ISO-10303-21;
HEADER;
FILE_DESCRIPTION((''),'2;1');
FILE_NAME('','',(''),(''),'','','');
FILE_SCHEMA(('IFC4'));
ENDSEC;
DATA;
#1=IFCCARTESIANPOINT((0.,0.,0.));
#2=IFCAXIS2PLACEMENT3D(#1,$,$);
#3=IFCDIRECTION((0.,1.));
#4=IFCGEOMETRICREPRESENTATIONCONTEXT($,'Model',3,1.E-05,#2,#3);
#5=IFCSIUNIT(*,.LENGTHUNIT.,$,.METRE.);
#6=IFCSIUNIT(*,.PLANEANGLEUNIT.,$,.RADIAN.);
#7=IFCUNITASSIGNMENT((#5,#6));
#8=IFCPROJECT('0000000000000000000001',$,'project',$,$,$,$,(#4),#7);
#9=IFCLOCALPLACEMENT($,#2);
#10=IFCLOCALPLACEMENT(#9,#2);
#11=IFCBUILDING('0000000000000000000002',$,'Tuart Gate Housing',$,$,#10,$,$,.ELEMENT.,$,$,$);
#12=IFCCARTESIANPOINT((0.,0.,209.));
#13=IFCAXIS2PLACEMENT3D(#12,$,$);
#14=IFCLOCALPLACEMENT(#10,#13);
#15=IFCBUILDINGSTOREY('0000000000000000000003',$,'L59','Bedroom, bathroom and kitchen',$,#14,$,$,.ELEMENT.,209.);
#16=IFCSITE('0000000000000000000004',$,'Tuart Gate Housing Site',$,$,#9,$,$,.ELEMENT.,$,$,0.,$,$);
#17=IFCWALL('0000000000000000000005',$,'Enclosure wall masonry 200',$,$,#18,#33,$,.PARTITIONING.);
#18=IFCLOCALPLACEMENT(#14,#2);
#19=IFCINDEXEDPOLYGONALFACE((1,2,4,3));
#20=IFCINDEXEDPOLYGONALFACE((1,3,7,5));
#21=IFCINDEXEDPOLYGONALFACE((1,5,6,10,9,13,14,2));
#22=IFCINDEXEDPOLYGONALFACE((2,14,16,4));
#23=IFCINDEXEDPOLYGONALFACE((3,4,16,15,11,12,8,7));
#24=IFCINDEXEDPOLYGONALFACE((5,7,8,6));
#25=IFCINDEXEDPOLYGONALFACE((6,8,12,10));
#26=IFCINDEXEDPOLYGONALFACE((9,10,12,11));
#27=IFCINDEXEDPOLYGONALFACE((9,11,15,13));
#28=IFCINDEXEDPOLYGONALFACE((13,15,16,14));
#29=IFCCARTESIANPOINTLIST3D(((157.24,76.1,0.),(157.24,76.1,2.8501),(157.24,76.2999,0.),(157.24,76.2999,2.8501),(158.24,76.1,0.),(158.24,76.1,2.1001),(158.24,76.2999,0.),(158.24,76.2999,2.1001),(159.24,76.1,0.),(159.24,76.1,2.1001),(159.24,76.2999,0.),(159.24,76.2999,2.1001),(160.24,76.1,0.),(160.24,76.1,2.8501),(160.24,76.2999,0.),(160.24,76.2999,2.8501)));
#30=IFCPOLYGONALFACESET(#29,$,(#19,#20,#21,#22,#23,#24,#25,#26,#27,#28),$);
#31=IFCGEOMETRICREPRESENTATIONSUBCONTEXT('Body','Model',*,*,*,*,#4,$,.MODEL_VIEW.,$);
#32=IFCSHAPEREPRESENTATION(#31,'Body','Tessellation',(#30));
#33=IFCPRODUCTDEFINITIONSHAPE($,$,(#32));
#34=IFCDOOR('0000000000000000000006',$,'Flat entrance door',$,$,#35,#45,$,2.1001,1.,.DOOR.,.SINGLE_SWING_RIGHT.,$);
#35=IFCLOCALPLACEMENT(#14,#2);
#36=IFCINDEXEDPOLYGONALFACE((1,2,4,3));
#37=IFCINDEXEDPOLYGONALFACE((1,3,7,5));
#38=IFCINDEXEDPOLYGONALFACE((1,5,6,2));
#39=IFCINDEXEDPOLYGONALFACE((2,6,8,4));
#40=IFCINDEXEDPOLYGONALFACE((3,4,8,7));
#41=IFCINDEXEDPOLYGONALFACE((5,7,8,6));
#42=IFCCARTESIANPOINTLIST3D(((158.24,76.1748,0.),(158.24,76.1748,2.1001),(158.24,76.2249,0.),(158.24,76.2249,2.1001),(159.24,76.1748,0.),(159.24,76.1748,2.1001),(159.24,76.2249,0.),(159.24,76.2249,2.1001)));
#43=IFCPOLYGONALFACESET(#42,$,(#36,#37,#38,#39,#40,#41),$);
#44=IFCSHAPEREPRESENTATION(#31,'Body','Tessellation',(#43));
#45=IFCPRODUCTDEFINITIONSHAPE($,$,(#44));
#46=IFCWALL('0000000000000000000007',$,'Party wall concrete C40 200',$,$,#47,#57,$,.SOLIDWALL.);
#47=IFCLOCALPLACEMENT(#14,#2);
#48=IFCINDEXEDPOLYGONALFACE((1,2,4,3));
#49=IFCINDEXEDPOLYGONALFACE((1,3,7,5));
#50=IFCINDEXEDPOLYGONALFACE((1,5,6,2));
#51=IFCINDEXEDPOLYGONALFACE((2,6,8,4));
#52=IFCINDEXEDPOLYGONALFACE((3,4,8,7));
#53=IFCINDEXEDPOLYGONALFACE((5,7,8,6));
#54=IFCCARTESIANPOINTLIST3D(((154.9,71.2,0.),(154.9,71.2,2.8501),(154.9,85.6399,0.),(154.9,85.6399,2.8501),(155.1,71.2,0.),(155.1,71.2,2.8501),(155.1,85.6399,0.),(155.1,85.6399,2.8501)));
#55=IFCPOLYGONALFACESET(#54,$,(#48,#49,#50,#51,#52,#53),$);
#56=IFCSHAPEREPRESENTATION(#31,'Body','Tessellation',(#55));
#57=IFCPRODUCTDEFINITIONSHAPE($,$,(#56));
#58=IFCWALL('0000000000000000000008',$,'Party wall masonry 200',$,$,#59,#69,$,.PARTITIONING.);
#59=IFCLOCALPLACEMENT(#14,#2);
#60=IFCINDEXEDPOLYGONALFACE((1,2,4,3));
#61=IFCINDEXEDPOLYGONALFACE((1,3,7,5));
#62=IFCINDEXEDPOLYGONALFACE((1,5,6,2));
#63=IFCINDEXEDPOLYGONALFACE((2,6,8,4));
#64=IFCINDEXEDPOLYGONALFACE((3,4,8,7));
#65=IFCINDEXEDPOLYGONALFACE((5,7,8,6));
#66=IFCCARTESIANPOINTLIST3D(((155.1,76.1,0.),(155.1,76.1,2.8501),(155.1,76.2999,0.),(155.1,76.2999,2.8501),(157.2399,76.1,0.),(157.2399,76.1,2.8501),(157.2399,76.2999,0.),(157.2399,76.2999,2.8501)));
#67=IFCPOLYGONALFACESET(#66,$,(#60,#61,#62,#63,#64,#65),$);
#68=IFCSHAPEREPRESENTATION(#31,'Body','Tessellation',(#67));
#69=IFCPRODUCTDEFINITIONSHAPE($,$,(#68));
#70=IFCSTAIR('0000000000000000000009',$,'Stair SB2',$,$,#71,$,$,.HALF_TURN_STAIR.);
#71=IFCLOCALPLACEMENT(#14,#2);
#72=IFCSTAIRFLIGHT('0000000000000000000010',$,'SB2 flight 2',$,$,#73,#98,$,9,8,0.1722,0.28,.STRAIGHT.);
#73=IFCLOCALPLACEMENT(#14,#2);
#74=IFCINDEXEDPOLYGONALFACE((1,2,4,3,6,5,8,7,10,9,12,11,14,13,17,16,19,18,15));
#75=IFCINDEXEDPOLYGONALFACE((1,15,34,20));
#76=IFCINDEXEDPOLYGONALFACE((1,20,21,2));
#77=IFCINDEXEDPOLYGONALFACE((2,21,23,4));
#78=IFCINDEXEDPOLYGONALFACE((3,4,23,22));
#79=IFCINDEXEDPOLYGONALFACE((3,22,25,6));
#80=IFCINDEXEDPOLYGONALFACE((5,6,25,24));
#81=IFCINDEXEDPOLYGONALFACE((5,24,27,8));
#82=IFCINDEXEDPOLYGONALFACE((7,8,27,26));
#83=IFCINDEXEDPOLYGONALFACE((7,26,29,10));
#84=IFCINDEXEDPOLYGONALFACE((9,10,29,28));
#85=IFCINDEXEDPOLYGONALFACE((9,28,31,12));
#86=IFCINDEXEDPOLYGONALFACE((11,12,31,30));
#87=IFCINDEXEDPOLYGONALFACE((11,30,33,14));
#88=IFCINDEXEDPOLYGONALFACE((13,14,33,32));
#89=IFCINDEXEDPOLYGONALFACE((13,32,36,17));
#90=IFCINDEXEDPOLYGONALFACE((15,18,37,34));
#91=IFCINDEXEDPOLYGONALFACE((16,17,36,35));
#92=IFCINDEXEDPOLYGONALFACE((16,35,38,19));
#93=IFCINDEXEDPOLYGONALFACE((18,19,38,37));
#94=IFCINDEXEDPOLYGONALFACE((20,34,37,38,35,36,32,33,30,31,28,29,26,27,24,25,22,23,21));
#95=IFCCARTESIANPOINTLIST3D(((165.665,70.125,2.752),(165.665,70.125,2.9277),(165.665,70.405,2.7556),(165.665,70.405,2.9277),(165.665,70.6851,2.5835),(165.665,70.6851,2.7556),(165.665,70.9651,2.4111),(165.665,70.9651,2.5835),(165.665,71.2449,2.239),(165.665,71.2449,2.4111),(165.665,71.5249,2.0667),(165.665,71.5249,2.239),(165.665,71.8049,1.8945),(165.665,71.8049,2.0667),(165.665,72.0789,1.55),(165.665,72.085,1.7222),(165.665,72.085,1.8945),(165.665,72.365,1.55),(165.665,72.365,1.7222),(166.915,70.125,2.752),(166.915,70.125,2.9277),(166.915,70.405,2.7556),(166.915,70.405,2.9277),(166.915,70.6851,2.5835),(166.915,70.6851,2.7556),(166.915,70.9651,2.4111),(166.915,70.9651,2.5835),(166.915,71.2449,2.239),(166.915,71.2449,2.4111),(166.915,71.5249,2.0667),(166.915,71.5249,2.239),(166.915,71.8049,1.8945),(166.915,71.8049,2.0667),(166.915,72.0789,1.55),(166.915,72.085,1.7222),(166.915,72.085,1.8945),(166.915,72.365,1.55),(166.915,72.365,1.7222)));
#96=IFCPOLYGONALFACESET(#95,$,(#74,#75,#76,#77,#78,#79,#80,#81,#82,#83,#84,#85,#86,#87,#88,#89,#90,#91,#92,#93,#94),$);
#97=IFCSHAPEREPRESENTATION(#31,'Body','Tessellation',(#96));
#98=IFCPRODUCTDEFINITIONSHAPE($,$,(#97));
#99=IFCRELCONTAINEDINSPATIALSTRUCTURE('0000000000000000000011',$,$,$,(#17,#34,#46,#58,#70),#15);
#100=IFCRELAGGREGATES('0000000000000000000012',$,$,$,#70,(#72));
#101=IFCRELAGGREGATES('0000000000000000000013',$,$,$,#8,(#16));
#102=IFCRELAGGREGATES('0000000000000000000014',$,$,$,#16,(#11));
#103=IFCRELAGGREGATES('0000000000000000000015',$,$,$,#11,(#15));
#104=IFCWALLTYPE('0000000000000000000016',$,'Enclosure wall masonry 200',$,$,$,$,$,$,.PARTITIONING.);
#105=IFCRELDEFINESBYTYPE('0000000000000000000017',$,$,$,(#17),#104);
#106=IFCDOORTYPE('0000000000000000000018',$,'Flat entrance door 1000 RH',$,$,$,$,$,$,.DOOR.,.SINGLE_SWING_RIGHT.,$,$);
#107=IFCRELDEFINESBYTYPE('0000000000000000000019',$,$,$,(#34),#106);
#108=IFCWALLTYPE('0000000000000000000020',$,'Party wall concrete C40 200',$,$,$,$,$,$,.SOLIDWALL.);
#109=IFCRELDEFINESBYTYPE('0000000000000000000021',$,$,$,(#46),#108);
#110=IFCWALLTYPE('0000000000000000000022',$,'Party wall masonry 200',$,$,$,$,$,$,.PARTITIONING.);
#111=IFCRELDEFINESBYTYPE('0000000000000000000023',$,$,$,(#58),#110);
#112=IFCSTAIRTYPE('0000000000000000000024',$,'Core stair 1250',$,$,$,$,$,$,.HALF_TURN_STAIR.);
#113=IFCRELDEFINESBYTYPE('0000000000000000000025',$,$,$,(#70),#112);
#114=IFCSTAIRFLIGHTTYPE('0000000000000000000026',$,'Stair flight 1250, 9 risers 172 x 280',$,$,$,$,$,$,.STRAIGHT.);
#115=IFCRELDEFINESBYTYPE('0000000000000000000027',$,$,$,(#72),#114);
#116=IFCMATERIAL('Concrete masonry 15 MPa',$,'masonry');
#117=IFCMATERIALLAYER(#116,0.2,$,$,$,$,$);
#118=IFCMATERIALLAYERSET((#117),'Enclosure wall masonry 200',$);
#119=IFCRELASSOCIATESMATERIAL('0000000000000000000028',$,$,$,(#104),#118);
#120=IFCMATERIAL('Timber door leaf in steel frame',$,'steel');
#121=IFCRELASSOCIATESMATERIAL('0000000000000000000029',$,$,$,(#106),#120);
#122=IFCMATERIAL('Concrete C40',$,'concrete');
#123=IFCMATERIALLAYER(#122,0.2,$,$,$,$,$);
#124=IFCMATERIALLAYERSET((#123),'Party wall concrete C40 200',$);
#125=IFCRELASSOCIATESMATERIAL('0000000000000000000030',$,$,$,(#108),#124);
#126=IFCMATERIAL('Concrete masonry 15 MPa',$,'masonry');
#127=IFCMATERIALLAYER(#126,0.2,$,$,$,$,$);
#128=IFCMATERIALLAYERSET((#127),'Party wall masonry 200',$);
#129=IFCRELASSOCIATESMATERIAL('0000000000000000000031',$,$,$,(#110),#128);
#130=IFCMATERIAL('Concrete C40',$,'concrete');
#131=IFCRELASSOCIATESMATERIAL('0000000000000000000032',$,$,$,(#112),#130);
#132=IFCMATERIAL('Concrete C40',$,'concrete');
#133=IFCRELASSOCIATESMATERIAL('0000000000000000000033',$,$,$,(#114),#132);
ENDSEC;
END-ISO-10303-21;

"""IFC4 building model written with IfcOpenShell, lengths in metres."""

from ifc_helpers import new_model, si_unit, direction, frame, frame_2d, origin, place, context, subcontext, project, spatial, polyline, rectangle, outline, extrude, material, layer, layer_set, type_object, element, fill, aggregate, save


model = new_model("IFC4")

# Units and contexts
model_context = context("Model", 3, precision=1e-05, world=origin(), true_north=direction((0.0, 1.0)))
body_context = subcontext(model_context, "Body", "Model", "MODEL_VIEW")
ifc_project = project(units=[si_unit("LENGTHUNIT", "METRE"), si_unit("PLANEANGLEUNIT", "RADIAN")], contexts=[model_context])

# Site, building, storey
site_placement = place(None, origin())
site = spatial("IfcSite", under=ifc_project, at=site_placement, Name="Tuart Gate Housing Site", CompositionType="ELEMENT", RefElevation=0.0)
building_placement = place(site_placement, origin())
building = spatial("IfcBuilding", under=site, at=building_placement, Name="Tuart Gate Housing", CompositionType="ELEMENT")
storey_placement = place(building_placement, frame((0.0, 0.0, 209.0)))
storey = spatial("IfcBuildingStorey", under=building, at=storey_placement, Name="L59", Description="Bedroom, bathroom and kitchen", CompositionType="ELEMENT", Elevation=209.0)

# Wall, opening, door
ifc_material_1 = material(Name="Concrete masonry 15 MPa", Category="masonry")
ifc_layer_1 = layer(ifc_material_1, 0.2)
ifc_layer_set_1 = layer_set([ifc_layer_1], Name="Enclosure wall masonry 200")
wall_type_1 = type_object("IfcWallType", Name="Enclosure wall masonry 200", PredefinedType="PARTITIONING", material=ifc_layer_set_1)
wall_1_placement = place(storey_placement, frame((157.24, 76.2, 0.0), z_axis=(0.0, 0.0, 1.0), x_axis=(1.0, 0.0, 0.0)))
wall_1 = element("IfcWall", 1, at=wall_1_placement, inside=storey, type_object=wall_type_1, Name="Enclosure wall masonry 200", PredefinedType="PARTITIONING", context=body_context, shape_type="SweptSolid", body=[
    extrude(rectangle(XDim=3.0, YDim=0.2, at=frame_2d((1.5, 0.0))), origin(), (0.0, 0.0, 1.0), 2.8501),
])
opening_1_placement = place(wall_1_placement, frame((1.0, 0.0, 0.0)))
opening_1 = element("IfcOpeningElement", 2, at=opening_1_placement, cuts=wall_1, PredefinedType="OPENING", context=body_context, shape_type="SweptSolid", body=[
    extrude(rectangle(XDim=1.0, YDim=2.1001, at=frame_2d((0.5, 1.05))), frame((0.0, 0.1099, 0.0), z_axis=(0.0, -1.0, 0.0), x_axis=(1.0, 0.0, 0.0)), (0.0, 0.0, 1.0), 0.22),
])
ifc_material_2 = material(Name="Timber door leaf in steel frame", Category="steel")
door_type_1 = type_object("IfcDoorType", Name="Flat entrance door 1000 RH", OperationType="SINGLE_SWING_RIGHT", PredefinedType="DOOR", material=ifc_material_2)
door_1_placement = place(opening_1_placement, origin())
door_1 = element("IfcDoor", 3, at=door_1_placement, inside=storey, type_object=door_type_1, Name="Flat entrance door", OperationType="SINGLE_SWING_RIGHT", OverallHeight=2.1001, OverallWidth=1.0, PredefinedType="DOOR", context=body_context, shape_type="SweptSolid", body=[
    extrude(rectangle(XDim=1.0, YDim=2.1001, at=frame_2d((0.5, 1.05))), frame((0.0, 0.0249, 0.0), z_axis=(0.0, -1.0, 0.0), x_axis=(1.0, 0.0, 0.0)), (0.0, 0.0, 1.0), 0.05),
])
fill(opening_1, door_1)

# Walls
ifc_material_3 = material(Name="Concrete C40", Category="concrete")
ifc_layer_2 = layer(ifc_material_3, 0.2)
ifc_layer_set_2 = layer_set([ifc_layer_2], Name="Party wall concrete C40 200")
wall_type_2 = type_object("IfcWallType", Name="Party wall concrete C40 200", PredefinedType="SOLIDWALL", material=ifc_layer_set_2)
wall_2_placement = place(storey_placement, frame((155.0, 71.2, 0.0), z_axis=(0.0, 0.0, 1.0), x_axis=(0.0, 1.0, 0.0)))
element("IfcWall", 4, at=wall_2_placement, inside=storey, type_object=wall_type_2, Name="Party wall concrete C40 200", PredefinedType="SOLIDWALL", context=body_context, shape_type="SweptSolid", body=[
    extrude(rectangle(XDim=14.4399, YDim=0.2, at=frame_2d((7.22, 0.0))), origin(), (0.0, 0.0, 1.0), 2.8501),
])
ifc_material_4 = material(Name="Concrete masonry 15 MPa", Category="masonry")
ifc_layer_3 = layer(ifc_material_4, 0.2)
ifc_layer_set_3 = layer_set([ifc_layer_3], Name="Party wall masonry 200")
wall_type_3 = type_object("IfcWallType", Name="Party wall masonry 200", PredefinedType="PARTITIONING", material=ifc_layer_set_3)
wall_3_placement = place(storey_placement, frame((155.1001, 76.2, 0.0), z_axis=(0.0, 0.0, 1.0), x_axis=(1.0, 0.0, 0.0)))
element("IfcWall", 5, at=wall_3_placement, inside=storey, type_object=wall_type_3, Name="Party wall masonry 200", PredefinedType="PARTITIONING", context=body_context, shape_type="SweptSolid", body=[
    extrude(rectangle(XDim=2.1399, YDim=0.2, at=frame_2d((1.0698, 0.0))), origin(), (0.0, 0.0, 1.0), 2.8501),
])

# Stair, stair flight
ifc_material_5 = material(Name="Concrete C40", Category="concrete")
stair_type = type_object("IfcStairType", Name="Core stair 1250", PredefinedType="HALF_TURN_STAIR", material=ifc_material_5)
stair_placement = place(storey_placement, origin())
stair = element("IfcStair", 6, at=stair_placement, inside=storey, type_object=stair_type, Name="Stair SB2", PredefinedType="HALF_TURN_STAIR")
ifc_material_6 = material(Name="Concrete C40", Category="concrete")
stair_flight_type = type_object("IfcStairFlightType", Name="Stair flight 1250, 9 risers 172 x 280", PredefinedType="STRAIGHT", material=ifc_material_6)
stair_flight_placement = place(storey_placement, frame((166.29, 72.365, 1.55), z_axis=(0.0, 0.0, 1.0), x_axis=(0.0, -1.0, 0.0)))
stair_flight = element("IfcStairFlight", 7, at=stair_flight_placement, type_object=stair_flight_type, Name="SB2 flight 2", NumberOfRisers=9, NumberOfTreads=8, PredefinedType="STRAIGHT", RiserHeight=0.1722, TreadLength=0.28, context=body_context, shape_type="SweptSolid", body=[
    extrude(outline(polyline([(0.0, 0.0), (0.0, 0.1721), (0.28, 0.1721), (0.28, 0.3445), (0.5601, 0.3445), (0.5601, 0.5166), (0.8401, 0.5166), (0.8401, 0.689), (1.1201, 0.689), (1.1201, 0.8611), (1.3999, 0.8611), (1.3999, 1.0334), (1.6799, 1.0334), (1.6799, 1.2056), (1.96, 1.2056), (1.96, 1.3777), (2.24, 1.3777), (2.24, 1.55), (2.24, 1.2019), (0.2861, 0.0), (0.0, 0.0)])), frame((0.0, 0.625, 0.0), z_axis=(0.0, -1.0, 0.0), x_axis=(1.0, 0.0, 0.0)), (0.0, 0.0, 1.0), 1.25),
])
aggregate(stair, [stair_flight])

save(model, "model.ifc")
